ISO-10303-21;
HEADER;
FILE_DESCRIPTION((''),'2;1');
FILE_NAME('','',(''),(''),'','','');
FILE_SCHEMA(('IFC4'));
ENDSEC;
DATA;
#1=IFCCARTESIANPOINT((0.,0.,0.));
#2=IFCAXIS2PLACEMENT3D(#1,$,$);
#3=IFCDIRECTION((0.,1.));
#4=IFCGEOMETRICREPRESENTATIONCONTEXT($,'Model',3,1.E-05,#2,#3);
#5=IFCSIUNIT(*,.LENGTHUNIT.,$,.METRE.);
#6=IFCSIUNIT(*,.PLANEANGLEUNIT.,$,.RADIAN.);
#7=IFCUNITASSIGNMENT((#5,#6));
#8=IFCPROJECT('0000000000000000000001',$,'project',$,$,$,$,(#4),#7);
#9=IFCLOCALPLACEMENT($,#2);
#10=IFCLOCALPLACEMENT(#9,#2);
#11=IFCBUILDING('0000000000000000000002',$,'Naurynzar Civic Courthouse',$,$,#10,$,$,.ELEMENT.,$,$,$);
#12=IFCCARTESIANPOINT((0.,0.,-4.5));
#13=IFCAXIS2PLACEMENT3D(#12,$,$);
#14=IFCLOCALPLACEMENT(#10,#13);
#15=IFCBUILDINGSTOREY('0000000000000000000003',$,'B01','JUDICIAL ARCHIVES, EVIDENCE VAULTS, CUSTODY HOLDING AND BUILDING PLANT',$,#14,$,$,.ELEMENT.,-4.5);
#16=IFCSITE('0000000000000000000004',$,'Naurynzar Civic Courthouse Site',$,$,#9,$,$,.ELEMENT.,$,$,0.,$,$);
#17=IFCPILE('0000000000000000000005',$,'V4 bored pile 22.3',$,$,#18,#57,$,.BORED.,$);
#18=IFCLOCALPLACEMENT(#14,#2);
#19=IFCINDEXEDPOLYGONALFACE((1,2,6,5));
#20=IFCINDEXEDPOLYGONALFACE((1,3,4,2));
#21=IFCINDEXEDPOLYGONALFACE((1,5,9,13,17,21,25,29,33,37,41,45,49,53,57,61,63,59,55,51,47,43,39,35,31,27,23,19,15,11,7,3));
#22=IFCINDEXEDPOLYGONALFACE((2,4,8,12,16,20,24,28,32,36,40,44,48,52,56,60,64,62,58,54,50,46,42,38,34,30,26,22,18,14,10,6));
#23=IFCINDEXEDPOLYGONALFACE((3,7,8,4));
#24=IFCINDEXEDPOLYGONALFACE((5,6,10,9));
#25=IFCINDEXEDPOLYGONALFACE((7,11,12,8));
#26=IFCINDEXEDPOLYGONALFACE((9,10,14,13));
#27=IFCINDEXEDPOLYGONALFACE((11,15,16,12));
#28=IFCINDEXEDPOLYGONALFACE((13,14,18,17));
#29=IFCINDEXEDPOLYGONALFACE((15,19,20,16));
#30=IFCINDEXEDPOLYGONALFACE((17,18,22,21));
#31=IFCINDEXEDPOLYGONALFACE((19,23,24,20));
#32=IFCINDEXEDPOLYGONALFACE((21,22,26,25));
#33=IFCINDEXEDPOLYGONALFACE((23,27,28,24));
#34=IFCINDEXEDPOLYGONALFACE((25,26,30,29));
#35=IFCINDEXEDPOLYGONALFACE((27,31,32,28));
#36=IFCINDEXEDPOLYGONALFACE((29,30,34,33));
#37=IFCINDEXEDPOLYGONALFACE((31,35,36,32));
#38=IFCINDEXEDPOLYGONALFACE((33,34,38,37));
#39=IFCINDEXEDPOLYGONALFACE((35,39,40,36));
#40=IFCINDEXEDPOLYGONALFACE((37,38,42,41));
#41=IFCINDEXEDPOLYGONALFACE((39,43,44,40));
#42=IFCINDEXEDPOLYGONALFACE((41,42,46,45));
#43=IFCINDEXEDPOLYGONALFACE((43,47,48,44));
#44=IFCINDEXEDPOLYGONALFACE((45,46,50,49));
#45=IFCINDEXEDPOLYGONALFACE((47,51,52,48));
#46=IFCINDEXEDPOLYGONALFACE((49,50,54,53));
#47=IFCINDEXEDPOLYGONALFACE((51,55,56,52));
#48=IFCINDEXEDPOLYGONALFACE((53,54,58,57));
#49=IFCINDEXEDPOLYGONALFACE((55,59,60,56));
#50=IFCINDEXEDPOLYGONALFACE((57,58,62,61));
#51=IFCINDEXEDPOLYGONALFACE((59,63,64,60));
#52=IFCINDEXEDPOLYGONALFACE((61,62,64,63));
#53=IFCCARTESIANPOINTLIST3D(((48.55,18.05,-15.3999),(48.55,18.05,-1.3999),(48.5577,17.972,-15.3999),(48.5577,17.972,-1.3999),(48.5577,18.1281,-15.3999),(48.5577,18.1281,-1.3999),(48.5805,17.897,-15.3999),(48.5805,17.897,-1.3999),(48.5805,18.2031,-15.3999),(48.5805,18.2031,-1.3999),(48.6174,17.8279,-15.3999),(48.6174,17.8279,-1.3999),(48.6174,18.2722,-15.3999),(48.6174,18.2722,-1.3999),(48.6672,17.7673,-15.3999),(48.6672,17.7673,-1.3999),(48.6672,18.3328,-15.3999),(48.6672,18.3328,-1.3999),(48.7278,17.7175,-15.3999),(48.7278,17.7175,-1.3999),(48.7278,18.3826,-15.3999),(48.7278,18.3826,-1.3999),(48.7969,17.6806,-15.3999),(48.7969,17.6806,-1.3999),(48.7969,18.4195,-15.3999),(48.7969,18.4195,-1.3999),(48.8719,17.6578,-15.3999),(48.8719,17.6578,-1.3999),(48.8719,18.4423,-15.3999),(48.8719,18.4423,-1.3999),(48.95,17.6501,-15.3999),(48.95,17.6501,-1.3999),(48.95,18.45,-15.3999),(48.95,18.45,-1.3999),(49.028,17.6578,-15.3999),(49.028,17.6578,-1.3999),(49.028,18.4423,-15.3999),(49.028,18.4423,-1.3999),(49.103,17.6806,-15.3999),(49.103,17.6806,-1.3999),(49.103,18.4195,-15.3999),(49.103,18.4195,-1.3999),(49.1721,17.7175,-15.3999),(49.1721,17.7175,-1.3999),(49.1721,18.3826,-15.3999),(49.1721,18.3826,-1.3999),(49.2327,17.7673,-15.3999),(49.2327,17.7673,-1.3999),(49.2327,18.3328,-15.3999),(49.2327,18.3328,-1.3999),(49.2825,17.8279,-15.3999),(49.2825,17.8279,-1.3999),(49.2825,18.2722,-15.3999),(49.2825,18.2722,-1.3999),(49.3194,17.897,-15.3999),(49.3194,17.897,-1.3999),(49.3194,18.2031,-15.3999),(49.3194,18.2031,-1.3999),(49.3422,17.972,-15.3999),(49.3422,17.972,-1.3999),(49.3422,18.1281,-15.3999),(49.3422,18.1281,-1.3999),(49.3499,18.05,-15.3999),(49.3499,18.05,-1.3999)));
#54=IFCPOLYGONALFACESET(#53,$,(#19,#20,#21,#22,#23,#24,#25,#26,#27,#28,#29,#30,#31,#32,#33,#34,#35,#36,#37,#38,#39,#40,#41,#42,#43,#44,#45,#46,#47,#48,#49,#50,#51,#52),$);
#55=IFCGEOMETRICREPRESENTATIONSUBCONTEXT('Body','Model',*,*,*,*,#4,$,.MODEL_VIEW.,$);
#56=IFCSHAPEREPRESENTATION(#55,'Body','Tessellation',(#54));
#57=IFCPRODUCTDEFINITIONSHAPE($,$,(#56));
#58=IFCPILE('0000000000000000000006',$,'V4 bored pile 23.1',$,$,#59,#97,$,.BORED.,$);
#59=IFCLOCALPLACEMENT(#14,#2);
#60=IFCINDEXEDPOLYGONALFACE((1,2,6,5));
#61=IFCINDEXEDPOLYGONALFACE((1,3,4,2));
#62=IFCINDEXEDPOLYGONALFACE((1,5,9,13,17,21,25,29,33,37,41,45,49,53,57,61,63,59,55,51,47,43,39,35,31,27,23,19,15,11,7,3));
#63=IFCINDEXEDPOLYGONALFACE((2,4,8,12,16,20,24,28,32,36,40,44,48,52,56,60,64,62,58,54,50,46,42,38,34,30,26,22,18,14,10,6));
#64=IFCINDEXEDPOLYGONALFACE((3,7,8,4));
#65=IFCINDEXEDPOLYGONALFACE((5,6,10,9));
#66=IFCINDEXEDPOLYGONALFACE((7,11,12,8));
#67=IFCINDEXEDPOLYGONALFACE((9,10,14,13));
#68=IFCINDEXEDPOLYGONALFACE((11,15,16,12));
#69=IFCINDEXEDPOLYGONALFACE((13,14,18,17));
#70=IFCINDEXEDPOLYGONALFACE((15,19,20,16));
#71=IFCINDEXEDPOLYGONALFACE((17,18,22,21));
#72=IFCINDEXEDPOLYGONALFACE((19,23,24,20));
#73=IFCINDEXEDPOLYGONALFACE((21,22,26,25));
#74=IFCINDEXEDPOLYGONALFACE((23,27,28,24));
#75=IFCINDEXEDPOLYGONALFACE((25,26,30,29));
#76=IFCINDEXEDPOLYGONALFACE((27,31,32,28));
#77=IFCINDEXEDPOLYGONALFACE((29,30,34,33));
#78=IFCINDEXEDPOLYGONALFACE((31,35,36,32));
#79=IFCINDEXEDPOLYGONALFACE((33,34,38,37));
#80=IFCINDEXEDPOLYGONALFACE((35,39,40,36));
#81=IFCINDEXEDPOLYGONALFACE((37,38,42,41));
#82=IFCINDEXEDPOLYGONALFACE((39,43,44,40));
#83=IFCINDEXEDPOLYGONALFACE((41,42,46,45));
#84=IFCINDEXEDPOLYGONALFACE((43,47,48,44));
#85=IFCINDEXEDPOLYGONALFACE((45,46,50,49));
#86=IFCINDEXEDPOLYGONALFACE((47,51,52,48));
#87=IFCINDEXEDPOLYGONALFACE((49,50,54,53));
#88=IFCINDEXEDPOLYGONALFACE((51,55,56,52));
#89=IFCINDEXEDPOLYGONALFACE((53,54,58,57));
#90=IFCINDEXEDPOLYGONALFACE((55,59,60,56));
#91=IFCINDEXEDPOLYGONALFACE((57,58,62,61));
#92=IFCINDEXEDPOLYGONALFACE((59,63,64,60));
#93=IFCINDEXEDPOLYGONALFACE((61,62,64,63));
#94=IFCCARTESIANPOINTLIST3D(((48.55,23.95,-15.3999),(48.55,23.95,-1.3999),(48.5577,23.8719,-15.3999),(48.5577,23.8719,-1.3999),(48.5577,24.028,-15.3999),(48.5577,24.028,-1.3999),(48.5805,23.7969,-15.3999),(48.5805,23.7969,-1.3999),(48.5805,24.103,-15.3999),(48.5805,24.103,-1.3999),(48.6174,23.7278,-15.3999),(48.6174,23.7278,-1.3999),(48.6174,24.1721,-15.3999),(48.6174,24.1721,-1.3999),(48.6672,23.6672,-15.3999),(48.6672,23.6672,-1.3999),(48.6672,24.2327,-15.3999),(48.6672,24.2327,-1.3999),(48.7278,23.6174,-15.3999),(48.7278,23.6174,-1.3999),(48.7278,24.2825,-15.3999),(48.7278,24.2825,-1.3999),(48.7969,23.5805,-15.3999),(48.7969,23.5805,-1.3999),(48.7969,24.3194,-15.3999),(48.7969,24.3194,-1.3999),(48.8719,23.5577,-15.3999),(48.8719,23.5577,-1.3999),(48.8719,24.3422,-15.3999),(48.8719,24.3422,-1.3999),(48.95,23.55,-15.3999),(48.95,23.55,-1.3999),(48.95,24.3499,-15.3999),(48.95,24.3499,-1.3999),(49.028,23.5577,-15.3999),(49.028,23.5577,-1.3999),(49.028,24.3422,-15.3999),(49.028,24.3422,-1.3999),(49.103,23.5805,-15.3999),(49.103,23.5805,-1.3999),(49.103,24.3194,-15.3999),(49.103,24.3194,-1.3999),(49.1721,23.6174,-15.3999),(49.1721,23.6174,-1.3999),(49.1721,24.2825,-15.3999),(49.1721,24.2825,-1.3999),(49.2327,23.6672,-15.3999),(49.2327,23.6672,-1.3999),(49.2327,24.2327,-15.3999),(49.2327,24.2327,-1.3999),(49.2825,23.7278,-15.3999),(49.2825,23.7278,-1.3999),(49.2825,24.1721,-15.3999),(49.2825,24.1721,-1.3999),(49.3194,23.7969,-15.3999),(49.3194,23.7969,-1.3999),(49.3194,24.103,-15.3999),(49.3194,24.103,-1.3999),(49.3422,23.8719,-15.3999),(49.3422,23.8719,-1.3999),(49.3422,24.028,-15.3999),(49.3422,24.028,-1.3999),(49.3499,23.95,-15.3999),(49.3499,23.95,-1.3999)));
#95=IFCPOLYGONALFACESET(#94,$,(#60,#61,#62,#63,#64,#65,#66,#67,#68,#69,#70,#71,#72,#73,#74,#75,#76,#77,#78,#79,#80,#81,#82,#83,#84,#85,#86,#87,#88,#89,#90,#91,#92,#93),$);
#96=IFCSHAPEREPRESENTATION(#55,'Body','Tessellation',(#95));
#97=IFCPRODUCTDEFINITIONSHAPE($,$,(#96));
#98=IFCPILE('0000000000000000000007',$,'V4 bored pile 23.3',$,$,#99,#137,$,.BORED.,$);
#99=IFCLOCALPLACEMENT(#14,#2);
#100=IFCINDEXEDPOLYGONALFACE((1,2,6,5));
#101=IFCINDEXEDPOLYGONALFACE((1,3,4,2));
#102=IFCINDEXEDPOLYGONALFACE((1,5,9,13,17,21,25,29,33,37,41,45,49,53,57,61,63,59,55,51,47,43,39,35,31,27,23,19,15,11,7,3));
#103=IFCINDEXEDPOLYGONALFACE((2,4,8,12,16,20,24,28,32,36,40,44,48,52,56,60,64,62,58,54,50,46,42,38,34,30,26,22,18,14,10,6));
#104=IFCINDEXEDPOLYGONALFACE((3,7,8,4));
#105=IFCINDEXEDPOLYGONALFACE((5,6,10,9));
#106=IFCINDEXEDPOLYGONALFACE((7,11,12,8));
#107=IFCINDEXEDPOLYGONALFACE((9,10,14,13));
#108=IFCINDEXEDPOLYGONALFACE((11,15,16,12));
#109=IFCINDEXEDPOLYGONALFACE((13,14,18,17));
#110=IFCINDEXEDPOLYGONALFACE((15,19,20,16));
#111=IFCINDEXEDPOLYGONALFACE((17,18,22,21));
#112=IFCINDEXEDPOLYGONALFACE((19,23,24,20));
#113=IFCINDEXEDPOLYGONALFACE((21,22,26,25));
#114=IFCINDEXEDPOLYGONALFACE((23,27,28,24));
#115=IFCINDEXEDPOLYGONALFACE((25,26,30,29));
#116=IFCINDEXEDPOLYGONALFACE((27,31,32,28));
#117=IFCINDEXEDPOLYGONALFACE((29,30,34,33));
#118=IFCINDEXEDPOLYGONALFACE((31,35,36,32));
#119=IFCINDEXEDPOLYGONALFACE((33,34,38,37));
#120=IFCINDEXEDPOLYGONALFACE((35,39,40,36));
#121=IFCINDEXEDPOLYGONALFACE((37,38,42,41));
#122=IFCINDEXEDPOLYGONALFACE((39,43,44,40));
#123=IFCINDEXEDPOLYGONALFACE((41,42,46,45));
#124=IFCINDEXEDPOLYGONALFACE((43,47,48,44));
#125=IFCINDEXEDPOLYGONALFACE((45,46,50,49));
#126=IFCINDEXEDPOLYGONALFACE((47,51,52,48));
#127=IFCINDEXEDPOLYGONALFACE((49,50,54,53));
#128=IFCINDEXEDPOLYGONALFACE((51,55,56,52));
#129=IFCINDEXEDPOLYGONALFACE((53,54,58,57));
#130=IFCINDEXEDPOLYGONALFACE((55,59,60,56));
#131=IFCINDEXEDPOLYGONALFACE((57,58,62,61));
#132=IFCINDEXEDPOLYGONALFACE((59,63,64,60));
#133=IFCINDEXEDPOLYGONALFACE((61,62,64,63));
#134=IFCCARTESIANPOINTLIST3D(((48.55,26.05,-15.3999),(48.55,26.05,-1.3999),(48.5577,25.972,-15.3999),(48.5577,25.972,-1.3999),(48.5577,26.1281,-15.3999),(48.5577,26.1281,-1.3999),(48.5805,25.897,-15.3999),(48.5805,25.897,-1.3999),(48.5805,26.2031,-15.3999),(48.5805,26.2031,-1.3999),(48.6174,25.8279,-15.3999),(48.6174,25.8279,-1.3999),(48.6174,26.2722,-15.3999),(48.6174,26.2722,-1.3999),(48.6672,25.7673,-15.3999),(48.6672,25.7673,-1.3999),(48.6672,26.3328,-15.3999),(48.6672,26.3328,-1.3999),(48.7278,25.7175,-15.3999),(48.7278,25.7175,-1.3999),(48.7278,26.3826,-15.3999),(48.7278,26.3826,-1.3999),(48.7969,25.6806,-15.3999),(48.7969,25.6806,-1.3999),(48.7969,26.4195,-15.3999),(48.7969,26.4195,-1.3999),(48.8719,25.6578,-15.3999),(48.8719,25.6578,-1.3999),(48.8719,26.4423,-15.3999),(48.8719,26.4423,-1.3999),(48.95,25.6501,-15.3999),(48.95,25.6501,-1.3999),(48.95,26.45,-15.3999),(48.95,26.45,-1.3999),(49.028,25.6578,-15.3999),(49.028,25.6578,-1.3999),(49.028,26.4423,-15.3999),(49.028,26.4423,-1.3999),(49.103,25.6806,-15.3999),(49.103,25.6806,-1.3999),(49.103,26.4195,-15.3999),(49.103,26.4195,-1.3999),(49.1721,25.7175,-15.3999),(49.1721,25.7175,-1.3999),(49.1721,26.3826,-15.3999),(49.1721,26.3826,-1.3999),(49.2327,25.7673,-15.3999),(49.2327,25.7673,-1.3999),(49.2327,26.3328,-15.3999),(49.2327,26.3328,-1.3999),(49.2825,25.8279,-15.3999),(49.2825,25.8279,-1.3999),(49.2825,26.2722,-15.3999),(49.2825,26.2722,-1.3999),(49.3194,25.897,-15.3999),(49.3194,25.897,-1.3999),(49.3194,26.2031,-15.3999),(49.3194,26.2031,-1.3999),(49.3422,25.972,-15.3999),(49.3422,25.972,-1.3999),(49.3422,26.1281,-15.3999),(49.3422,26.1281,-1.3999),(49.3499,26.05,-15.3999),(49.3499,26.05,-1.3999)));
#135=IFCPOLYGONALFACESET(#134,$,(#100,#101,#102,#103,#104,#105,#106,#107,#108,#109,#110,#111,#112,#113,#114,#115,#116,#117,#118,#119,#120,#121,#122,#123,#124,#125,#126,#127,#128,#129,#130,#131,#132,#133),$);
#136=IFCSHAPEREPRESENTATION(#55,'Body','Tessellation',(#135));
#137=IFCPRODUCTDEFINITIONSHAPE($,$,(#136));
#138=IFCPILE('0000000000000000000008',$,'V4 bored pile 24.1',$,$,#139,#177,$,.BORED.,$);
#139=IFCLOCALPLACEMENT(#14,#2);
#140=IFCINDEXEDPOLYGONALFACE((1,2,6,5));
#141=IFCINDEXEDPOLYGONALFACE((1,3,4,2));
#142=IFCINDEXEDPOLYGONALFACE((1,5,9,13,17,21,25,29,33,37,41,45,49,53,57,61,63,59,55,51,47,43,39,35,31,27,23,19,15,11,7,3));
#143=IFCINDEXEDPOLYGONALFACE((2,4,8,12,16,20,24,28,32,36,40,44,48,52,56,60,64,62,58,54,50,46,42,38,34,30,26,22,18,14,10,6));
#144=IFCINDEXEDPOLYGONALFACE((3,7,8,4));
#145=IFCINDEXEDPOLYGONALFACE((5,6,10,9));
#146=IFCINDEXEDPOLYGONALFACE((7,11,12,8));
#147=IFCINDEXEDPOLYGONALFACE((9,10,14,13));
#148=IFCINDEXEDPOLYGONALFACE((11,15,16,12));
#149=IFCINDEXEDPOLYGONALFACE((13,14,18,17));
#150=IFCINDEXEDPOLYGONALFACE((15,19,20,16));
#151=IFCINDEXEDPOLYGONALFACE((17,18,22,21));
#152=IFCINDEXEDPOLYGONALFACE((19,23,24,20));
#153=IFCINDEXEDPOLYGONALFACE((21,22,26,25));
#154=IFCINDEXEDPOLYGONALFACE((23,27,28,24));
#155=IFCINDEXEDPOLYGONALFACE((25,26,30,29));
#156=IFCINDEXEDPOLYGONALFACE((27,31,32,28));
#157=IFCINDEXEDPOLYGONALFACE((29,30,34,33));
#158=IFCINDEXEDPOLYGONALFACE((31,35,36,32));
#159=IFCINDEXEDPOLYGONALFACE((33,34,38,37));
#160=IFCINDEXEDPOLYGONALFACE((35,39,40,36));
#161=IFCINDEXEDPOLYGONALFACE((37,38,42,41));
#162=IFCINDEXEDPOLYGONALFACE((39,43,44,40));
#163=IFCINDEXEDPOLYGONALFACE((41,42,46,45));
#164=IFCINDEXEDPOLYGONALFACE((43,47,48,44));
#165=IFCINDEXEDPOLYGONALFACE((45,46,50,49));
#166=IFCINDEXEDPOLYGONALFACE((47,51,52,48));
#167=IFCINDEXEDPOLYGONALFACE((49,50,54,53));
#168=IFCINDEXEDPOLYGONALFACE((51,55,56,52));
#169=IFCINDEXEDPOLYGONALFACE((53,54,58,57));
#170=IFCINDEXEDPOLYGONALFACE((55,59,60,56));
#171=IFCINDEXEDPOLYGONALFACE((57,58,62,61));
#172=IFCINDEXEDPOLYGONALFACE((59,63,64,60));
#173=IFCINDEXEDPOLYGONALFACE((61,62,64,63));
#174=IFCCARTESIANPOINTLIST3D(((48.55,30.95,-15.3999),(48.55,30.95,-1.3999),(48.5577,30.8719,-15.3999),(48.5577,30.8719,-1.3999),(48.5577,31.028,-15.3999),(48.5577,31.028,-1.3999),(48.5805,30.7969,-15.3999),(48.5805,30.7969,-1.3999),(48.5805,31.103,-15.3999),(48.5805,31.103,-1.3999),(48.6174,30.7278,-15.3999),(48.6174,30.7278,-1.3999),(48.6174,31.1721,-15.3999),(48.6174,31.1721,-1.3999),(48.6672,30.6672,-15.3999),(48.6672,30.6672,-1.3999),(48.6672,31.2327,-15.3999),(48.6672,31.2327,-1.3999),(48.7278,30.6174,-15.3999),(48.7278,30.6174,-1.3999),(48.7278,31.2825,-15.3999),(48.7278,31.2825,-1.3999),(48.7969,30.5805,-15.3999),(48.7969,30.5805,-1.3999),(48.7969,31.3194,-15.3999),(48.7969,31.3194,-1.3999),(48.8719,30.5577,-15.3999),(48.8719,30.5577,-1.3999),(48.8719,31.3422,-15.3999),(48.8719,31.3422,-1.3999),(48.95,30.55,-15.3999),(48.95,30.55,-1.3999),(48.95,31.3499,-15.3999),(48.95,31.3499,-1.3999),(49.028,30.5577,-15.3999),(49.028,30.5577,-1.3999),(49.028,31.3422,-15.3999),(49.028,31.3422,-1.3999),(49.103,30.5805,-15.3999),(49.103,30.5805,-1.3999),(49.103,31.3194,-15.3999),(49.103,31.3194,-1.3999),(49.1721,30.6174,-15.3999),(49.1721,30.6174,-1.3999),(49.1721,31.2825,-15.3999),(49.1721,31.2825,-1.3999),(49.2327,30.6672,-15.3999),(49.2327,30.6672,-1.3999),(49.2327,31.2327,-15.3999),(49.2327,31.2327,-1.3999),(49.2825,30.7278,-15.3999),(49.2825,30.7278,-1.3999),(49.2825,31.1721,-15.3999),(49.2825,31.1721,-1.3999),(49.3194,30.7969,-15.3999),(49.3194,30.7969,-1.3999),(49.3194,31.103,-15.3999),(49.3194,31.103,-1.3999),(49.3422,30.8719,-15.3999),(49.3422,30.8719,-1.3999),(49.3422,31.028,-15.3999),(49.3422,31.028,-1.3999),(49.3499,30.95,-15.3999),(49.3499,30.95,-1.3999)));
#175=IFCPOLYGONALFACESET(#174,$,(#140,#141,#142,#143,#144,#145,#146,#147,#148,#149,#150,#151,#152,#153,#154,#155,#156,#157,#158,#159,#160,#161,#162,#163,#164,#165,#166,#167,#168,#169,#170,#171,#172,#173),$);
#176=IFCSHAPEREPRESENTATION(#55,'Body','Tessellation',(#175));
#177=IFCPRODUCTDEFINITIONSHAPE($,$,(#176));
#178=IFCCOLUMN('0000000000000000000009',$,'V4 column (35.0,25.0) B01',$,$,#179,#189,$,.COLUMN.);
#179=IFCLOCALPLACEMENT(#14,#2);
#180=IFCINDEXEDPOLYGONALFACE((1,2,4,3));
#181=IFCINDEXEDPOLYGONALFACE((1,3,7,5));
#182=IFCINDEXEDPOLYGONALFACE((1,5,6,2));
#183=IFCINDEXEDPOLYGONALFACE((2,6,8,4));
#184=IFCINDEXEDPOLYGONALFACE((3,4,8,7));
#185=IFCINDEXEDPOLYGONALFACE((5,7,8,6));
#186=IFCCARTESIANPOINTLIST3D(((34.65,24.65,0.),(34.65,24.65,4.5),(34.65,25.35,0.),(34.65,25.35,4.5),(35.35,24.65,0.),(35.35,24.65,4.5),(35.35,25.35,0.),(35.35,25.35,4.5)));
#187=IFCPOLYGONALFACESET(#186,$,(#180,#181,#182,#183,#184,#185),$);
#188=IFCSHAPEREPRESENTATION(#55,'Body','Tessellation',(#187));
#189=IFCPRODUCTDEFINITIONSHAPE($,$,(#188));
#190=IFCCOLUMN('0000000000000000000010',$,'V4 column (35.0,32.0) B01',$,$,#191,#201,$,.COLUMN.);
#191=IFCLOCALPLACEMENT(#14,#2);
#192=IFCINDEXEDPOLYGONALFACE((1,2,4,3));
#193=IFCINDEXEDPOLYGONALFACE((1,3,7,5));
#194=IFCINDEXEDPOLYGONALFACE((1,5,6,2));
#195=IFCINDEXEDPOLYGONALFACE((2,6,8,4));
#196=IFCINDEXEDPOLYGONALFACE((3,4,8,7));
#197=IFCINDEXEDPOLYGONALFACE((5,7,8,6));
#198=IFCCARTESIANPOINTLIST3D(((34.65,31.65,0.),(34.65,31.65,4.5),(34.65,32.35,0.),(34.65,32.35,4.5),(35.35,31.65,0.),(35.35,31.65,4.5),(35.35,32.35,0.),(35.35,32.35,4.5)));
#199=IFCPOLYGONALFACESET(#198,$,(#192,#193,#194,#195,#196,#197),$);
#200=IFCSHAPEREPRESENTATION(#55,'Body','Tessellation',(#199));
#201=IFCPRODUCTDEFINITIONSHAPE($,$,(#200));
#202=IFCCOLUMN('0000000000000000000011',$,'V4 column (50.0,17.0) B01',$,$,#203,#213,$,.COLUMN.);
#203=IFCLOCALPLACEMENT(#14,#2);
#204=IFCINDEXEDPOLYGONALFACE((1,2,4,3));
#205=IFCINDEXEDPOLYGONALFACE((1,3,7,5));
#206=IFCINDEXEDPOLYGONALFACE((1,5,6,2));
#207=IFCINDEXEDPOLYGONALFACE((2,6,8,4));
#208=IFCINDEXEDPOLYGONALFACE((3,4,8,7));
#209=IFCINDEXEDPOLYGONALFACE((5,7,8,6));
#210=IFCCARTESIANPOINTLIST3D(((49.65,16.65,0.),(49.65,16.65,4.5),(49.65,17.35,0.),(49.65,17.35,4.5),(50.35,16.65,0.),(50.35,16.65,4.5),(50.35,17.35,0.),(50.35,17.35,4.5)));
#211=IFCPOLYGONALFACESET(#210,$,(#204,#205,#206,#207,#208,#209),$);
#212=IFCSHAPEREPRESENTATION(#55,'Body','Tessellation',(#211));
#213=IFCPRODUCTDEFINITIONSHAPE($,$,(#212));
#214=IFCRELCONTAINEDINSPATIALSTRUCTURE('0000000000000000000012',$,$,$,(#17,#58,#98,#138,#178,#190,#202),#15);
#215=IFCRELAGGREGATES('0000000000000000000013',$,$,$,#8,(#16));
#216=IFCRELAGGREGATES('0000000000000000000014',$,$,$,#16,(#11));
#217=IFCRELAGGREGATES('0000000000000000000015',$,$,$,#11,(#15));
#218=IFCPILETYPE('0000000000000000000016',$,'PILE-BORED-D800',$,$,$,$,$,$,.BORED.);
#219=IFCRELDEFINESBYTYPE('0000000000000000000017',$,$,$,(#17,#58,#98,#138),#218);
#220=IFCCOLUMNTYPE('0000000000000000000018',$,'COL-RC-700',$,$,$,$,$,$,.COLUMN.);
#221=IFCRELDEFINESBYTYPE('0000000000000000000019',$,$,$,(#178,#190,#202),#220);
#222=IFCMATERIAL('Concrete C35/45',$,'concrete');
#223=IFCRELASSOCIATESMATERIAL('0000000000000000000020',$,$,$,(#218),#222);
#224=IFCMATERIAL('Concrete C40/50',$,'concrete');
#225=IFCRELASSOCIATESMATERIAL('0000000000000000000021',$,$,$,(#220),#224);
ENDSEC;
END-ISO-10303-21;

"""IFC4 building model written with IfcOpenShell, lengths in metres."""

from ifc_helpers import new_model, si_unit, direction, frame, origin, origin_2d, place, context, subcontext, project, spatial, rectangle, circle, extrude, material, material_profile, profile_set, type_object, element, save


model = new_model("IFC4")

# Units and contexts
model_context = context("Model", 3, precision=1e-05, world=origin(), true_north=direction((0.0, 1.0)))
body_context = subcontext(model_context, "Body", "Model", "MODEL_VIEW")
ifc_project = project(units=[si_unit("LENGTHUNIT", "METRE"), si_unit("PLANEANGLEUNIT", "RADIAN")], contexts=[model_context])

# Site, building, storey
site_placement = place(None, origin())
site = spatial("IfcSite", under=ifc_project, at=site_placement, Name="Naurynzar Civic Courthouse Site", CompositionType="ELEMENT", RefElevation=0.0)
building_placement = place(site_placement, origin())
building = spatial("IfcBuilding", under=site, at=building_placement, Name="Naurynzar Civic Courthouse", CompositionType="ELEMENT")
storey_placement = place(building_placement, frame((0.0, 0.0, -4.5)))
storey = spatial("IfcBuildingStorey", under=building, at=storey_placement, Name="B01", Description="JUDICIAL ARCHIVES, EVIDENCE VAULTS, CUSTODY HOLDING AND BUILDING PLANT", CompositionType="ELEMENT", Elevation=-4.5)

# Piles
ifc_material_1 = material(Name="Concrete C35/45", Category="concrete")
ifc_material_profile_1 = material_profile(ifc_material_1, circle(Radius=0.3999, at=origin_2d()), Name="PILE D800")
ifc_profile_set_1 = profile_set([ifc_material_profile_1], Name="Concrete C35/45")
pile_type = type_object("IfcPileType", Name="PILE-BORED-D800", PredefinedType="BORED", material=ifc_profile_set_1)
for number, where, z_axis, x_axis, name in (
    (1, (48.95, 18.05, -1.3999), (0.0, 0.0, -1.0), (1.0, 0.0, 0.0), "V4 bored pile 22.3"),
    (2, (48.95, 23.95, -1.3999), (0.0, 0.0, -1.0), (1.0, 0.0, 0.0), "V4 bored pile 23.1"),
    (3, (48.95, 26.05, -1.3999), (0.0, 0.0, -1.0), (1.0, 0.0, 0.0), "V4 bored pile 23.3"),
    (4, (48.95, 30.95, -1.3999), (0.0, 0.0, -1.0), (1.0, 0.0, 0.0), "V4 bored pile 24.1"),
):
    element("IfcPile", number, at=place(storey_placement, frame(where, z_axis=z_axis, x_axis=x_axis)), inside=storey, type_object=pile_type, Name=name, PredefinedType="BORED", context=body_context, shape_type="SweptSolid", body=[
        extrude(circle(Radius=0.3999, at=origin_2d()), origin(), (0.0, 0.0, 1.0), 14.0),
    ])

# Columns
ifc_material_2 = material(Name="Concrete C40/50", Category="concrete")
ifc_material_profile_2 = material_profile(ifc_material_2, rectangle(XDim=0.7, YDim=0.7, at=origin_2d()), Name="RC 700x700")
ifc_profile_set_2 = profile_set([ifc_material_profile_2], Name="Concrete C40/50")
column_type = type_object("IfcColumnType", Name="COL-RC-700", PredefinedType="COLUMN", material=ifc_profile_set_2)
for number, where, z_axis, x_axis, name in (
    (5, (35.0, 25.0, 0.0), (0.0, 0.0, 1.0), (1.0, 0.0, 0.0), "V4 column (35.0,25.0) B01"),
    (6, (35.0, 32.0, 0.0), (0.0, 0.0, 1.0), (1.0, 0.0, 0.0), "V4 column (35.0,32.0) B01"),
    (7, (50.0, 17.0, 0.0), (0.0, 0.0, 1.0), (1.0, 0.0, 0.0), "V4 column (50.0,17.0) B01"),
):
    element("IfcColumn", number, at=place(storey_placement, frame(where, z_axis=z_axis, x_axis=x_axis)), inside=storey, type_object=column_type, Name=name, PredefinedType="COLUMN", context=body_context, shape_type="SweptSolid", body=[
        extrude(rectangle(XDim=0.7, YDim=0.7, at=origin_2d()), origin(), (0.0, 0.0, 1.0), 4.5),
    ])

save(model, "model.ifc")
